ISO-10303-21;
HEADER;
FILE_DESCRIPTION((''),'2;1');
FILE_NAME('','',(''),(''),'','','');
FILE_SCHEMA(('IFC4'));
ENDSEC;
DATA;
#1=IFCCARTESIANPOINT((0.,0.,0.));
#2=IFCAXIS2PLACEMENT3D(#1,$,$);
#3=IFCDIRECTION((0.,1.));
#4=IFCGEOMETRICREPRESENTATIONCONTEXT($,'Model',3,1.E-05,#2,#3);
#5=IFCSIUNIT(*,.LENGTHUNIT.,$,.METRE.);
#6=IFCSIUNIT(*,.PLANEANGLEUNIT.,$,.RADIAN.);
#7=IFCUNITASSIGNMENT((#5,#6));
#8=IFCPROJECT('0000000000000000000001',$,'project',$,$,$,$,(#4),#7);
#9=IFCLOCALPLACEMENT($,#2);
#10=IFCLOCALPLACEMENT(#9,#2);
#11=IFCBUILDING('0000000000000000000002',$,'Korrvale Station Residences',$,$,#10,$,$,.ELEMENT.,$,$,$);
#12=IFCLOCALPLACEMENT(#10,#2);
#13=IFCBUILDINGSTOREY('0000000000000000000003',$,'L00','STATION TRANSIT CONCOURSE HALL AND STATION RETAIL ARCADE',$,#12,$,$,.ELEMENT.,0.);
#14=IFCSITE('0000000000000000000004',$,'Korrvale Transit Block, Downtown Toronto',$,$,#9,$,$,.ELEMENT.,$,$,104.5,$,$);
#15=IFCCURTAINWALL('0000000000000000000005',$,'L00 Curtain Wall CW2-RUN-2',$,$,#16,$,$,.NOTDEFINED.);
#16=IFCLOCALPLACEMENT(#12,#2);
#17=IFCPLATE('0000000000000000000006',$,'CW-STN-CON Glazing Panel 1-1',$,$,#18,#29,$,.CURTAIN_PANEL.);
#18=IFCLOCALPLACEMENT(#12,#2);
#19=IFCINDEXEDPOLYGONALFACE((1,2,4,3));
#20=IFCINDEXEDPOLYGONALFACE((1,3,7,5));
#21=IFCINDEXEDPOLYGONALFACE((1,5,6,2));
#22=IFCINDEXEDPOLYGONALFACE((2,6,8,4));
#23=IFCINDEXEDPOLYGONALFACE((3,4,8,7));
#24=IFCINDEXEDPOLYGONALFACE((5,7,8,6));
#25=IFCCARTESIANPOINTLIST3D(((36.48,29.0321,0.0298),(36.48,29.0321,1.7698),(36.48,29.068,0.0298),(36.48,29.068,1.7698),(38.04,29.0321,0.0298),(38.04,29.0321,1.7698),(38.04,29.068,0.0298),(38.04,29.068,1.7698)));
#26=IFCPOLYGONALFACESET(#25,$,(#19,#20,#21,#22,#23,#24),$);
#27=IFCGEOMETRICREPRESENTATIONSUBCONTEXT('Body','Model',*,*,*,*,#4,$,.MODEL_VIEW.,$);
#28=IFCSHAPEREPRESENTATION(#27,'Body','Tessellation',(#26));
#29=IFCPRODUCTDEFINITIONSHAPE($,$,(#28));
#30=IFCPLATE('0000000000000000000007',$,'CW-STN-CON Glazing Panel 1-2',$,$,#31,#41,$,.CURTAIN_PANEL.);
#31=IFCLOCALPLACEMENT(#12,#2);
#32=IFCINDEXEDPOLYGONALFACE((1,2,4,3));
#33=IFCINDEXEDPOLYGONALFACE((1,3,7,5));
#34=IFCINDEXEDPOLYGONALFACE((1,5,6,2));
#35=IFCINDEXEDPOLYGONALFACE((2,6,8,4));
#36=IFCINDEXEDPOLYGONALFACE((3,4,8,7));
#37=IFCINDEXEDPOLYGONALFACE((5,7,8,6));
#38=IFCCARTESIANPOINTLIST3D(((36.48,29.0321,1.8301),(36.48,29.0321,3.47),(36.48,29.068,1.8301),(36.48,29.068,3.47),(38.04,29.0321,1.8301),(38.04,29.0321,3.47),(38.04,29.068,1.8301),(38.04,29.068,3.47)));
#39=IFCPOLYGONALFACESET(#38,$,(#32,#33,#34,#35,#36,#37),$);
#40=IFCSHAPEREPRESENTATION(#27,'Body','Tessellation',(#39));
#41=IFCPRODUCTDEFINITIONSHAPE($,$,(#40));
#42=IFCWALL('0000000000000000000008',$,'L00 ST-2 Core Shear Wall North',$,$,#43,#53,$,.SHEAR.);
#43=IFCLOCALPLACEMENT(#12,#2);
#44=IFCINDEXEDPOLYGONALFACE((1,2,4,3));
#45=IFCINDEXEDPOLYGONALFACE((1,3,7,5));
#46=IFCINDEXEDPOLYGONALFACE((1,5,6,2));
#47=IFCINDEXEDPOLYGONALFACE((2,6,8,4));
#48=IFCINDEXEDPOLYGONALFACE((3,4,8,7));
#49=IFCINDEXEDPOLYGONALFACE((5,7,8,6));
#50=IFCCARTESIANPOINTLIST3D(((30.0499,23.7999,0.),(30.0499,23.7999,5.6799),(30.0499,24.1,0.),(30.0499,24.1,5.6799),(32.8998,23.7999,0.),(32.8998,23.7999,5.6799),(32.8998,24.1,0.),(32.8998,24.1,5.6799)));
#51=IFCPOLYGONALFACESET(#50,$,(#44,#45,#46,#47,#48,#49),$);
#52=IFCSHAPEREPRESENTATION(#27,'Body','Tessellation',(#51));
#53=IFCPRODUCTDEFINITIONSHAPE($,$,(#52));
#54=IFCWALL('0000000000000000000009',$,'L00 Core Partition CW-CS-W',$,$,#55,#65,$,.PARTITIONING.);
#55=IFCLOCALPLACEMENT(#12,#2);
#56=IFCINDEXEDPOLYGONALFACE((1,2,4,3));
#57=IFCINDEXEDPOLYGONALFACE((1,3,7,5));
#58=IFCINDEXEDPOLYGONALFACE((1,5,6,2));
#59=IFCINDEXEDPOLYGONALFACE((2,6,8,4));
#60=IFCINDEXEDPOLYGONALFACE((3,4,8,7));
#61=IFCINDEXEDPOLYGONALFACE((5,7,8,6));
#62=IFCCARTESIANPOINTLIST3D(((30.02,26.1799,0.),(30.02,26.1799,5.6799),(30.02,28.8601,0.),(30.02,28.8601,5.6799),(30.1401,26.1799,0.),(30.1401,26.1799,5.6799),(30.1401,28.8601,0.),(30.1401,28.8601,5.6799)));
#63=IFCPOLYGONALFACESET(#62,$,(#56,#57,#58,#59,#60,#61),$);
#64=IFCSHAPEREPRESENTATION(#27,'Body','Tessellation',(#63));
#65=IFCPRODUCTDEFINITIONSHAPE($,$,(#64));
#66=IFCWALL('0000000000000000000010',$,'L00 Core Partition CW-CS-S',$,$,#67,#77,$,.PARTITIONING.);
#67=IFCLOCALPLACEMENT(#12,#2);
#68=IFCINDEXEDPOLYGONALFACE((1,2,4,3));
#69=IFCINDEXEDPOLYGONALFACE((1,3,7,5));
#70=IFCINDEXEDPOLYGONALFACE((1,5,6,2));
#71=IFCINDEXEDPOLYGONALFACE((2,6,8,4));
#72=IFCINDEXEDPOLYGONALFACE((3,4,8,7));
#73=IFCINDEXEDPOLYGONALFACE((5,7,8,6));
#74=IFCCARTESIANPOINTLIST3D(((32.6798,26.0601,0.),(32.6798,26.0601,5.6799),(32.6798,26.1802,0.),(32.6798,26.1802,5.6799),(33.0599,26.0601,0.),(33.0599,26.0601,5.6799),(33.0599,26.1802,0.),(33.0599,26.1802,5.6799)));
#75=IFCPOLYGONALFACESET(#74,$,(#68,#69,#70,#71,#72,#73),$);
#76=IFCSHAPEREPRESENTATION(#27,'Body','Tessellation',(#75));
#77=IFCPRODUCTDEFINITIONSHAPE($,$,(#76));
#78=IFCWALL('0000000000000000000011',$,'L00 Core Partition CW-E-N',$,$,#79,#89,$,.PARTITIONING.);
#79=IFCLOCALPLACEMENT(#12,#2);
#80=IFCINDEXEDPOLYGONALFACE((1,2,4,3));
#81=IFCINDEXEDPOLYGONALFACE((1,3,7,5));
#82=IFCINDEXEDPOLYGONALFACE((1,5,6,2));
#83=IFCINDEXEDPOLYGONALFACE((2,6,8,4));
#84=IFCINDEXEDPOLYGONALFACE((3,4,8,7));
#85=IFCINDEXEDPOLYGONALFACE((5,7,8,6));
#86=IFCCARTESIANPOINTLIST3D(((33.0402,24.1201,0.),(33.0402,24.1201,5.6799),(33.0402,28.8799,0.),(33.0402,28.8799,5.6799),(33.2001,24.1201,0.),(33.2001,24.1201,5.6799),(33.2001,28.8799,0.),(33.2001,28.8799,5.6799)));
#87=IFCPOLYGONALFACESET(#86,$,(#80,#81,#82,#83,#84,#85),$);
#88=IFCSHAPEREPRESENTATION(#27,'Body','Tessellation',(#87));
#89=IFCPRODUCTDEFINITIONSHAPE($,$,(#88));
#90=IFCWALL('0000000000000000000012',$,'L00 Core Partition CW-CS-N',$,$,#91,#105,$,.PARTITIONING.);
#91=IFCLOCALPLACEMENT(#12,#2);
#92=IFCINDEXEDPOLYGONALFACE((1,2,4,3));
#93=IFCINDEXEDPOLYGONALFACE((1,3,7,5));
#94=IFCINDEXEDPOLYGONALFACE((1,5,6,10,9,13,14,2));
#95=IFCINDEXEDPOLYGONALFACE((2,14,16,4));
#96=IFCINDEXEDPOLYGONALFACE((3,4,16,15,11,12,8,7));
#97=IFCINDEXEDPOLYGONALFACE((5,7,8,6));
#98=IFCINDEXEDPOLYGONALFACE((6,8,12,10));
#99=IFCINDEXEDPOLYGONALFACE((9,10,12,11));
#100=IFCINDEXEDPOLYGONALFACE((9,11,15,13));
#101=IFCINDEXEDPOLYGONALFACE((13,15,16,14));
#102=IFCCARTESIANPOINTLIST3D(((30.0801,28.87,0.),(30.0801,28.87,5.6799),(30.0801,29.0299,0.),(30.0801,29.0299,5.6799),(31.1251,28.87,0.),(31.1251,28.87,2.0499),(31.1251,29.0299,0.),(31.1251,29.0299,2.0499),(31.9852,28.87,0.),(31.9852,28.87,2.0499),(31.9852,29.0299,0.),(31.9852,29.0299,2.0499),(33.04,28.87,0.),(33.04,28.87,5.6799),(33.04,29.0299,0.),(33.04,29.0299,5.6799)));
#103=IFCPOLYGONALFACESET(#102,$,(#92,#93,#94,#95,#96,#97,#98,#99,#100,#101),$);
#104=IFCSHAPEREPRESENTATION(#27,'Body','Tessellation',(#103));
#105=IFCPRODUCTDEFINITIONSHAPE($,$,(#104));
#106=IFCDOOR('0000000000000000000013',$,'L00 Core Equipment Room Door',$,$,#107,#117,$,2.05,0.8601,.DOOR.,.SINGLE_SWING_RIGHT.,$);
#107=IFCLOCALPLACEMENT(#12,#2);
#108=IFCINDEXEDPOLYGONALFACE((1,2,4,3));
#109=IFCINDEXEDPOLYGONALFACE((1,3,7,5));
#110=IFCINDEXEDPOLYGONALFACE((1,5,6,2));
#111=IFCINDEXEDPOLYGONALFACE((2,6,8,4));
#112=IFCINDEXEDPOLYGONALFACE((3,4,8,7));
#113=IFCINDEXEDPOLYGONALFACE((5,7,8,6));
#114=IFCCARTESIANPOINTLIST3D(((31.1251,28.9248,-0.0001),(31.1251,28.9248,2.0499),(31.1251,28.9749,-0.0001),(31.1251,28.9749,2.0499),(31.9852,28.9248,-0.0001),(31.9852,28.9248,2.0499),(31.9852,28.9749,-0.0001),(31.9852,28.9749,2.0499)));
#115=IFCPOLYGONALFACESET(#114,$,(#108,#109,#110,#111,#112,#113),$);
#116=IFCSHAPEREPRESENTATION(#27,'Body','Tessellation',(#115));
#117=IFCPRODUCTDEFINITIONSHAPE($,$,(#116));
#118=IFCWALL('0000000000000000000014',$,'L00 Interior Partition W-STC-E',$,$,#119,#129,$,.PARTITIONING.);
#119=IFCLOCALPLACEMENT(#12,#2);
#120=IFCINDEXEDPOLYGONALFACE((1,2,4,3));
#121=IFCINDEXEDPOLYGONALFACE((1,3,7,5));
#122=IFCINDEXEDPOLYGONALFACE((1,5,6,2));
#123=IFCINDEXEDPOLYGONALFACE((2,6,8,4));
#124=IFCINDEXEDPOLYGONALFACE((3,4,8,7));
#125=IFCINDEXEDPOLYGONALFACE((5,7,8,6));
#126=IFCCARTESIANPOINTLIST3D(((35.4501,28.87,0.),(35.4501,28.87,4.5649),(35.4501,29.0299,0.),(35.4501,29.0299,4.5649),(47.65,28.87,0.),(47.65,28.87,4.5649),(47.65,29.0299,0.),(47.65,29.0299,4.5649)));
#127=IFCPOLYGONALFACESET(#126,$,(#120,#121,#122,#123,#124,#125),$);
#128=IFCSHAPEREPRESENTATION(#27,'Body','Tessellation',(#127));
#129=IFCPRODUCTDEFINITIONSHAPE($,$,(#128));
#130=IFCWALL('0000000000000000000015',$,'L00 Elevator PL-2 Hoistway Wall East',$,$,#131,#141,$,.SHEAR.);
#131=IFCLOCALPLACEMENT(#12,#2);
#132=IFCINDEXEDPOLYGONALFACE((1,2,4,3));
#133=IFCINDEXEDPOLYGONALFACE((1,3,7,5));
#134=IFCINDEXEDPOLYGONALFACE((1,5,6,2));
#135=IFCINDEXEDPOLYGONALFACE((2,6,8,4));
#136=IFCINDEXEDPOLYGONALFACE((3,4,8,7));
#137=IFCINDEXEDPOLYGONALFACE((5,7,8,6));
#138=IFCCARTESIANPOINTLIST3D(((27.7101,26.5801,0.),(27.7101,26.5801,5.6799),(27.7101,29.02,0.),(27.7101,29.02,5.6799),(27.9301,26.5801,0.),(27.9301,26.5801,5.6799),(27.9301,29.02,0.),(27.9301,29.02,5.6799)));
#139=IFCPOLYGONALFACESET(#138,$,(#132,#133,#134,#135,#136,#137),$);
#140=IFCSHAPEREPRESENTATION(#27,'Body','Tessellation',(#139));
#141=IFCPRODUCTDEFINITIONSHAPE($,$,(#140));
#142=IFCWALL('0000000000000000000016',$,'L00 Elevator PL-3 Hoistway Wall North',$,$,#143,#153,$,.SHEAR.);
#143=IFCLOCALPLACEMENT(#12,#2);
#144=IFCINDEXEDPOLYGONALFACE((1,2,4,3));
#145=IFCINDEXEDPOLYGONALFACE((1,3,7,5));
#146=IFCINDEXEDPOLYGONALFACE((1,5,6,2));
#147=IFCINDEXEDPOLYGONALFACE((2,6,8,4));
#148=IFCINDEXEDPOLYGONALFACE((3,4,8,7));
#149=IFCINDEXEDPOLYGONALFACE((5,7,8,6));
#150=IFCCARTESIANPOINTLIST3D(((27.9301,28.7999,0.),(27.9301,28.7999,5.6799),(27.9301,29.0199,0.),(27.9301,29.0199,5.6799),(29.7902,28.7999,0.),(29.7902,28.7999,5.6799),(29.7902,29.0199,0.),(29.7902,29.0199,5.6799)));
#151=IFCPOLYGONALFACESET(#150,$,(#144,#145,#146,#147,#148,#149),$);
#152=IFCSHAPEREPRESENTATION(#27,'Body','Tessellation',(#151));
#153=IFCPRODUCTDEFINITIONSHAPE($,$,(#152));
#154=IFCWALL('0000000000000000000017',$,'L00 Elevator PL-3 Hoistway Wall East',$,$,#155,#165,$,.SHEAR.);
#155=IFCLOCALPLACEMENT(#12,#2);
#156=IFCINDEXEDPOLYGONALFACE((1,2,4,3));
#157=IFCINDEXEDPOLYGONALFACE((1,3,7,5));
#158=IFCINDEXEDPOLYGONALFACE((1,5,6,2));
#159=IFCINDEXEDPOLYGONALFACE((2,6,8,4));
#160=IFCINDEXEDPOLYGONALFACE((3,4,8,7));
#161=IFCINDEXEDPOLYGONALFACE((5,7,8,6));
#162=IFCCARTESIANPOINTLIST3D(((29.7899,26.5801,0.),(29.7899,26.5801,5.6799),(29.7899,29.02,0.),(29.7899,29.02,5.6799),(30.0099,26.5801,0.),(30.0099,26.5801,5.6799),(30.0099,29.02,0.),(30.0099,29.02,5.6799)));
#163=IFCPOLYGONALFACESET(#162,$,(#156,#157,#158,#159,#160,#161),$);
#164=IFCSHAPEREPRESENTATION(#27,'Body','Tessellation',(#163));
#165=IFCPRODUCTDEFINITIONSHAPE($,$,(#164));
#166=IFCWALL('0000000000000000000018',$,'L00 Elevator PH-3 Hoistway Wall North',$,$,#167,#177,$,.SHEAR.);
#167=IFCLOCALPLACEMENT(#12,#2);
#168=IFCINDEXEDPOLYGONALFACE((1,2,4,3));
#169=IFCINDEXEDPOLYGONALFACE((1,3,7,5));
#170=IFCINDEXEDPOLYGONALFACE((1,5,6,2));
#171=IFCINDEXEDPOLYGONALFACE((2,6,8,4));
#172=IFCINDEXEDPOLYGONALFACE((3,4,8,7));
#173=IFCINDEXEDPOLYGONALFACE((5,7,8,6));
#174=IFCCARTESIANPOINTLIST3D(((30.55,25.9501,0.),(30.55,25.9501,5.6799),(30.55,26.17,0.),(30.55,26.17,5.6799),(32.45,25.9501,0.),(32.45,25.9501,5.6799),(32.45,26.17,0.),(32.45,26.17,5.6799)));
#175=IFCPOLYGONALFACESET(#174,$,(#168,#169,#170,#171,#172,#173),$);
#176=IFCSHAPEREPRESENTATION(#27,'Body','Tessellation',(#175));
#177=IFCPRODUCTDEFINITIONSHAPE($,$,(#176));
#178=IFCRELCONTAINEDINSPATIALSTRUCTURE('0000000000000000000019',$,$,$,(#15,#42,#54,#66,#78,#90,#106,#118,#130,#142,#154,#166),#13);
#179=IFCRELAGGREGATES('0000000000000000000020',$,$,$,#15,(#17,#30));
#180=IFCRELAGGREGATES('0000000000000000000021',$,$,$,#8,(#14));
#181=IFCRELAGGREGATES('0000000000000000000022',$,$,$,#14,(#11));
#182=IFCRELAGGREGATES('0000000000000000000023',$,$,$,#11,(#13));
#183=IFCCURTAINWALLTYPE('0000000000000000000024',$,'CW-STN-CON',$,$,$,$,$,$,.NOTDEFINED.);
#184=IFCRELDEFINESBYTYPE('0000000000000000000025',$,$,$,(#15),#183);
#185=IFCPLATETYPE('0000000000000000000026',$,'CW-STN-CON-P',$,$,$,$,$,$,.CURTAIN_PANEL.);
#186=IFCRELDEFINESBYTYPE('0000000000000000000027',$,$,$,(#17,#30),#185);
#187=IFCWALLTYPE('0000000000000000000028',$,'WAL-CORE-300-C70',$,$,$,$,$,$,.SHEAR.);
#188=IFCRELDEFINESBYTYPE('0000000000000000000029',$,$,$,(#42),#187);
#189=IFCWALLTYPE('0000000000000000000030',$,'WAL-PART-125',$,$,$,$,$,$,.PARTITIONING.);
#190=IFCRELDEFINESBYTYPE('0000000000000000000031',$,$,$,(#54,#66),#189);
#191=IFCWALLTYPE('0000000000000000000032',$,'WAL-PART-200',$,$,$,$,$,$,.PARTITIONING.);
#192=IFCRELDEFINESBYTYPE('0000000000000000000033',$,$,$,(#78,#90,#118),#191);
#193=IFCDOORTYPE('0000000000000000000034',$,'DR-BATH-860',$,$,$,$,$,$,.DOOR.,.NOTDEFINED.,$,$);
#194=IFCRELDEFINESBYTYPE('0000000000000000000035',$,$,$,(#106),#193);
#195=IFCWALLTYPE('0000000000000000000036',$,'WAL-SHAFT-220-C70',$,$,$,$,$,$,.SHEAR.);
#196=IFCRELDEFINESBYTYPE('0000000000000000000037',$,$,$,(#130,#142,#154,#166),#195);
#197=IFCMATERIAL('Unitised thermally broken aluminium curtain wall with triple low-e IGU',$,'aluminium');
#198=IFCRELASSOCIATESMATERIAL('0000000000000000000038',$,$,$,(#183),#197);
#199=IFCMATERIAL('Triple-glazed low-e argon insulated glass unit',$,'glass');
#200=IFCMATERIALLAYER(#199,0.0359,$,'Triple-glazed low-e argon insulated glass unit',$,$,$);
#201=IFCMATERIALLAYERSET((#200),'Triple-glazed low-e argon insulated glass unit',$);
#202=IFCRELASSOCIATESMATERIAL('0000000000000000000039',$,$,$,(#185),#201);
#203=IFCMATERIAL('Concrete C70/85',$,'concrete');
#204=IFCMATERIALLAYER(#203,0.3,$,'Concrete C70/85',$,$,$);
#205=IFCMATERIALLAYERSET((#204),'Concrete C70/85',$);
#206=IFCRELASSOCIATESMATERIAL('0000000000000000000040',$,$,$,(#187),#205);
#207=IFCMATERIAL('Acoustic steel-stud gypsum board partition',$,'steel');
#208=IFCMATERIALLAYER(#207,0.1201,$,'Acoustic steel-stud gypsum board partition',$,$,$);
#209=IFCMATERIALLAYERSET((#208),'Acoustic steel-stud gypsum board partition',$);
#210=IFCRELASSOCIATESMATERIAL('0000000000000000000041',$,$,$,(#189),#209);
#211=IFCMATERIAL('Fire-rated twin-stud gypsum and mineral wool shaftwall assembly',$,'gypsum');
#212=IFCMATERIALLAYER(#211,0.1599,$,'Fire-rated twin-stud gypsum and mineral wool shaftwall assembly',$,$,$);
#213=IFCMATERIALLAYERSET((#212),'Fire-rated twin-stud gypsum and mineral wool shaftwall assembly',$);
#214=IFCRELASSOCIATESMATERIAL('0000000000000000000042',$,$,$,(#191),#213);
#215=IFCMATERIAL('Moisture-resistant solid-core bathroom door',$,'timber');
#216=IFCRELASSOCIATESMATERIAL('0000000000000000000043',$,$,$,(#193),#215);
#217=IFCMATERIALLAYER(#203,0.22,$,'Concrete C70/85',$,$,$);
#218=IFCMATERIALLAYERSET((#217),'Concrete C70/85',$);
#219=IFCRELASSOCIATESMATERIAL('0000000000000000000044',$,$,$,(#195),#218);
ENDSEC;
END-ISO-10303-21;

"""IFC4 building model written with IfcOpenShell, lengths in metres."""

from ifc_helpers import new_model, si_unit, direction, frame, frame_2d, origin, origin_2d, place, context, subcontext, project, spatial, rectangle, extrude, material, layer, layer_set, type_object, element, fill, aggregate, save


model = new_model("IFC4")

# Units and contexts
model_context = context("Model", 3, precision=1e-05, world=origin(), true_north=direction((0.0, 1.0)))
body_context = subcontext(model_context, "Body", "Model", "MODEL_VIEW")
ifc_project = project(units=[si_unit("LENGTHUNIT", "METRE"), si_unit("PLANEANGLEUNIT", "RADIAN")], contexts=[model_context])

# Site, building, storey
site_placement = place(None, origin())
site = spatial("IfcSite", under=ifc_project, at=site_placement, Name="Korrvale Transit Block, Downtown Toronto", CompositionType="ELEMENT", RefElevation=104.5)
building_placement = place(site_placement, origin())
building = spatial("IfcBuilding", under=site, at=building_placement, Name="Korrvale Station Residences", CompositionType="ELEMENT")
storey_placement = place(building_placement, origin())
storey = spatial("IfcBuildingStorey", under=building, at=storey_placement, Name="L00", Description="STATION TRANSIT CONCOURSE HALL AND STATION RETAIL ARCADE", CompositionType="ELEMENT", Elevation=0.0)

# Shared definitions
ifc_material_1 = material(Name="Concrete C70/85", Category="concrete")

# Curtain wall, plates
ifc_material_2 = material(Name="Unitised thermally broken aluminium curtain wall with triple low-e IGU", Category="aluminium")
curtain_wall_type = type_object("IfcCurtainWallType", Name="CW-STN-CON", PredefinedType="NOTDEFINED", material=ifc_material_2)
curtain_wall_placement = place(storey_placement, origin())
curtain_wall = element("IfcCurtainWall", 1, at=curtain_wall_placement, inside=storey, type_object=curtain_wall_type, Name="L00 Curtain Wall CW2-RUN-2", PredefinedType="NOTDEFINED")
ifc_material_3 = material(Name="Triple-glazed low-e argon insulated glass unit", Category="glass")
ifc_layer_1 = layer(ifc_material_3, 0.0359, Name="Triple-glazed low-e argon insulated glass unit")
ifc_layer_set_1 = layer_set([ifc_layer_1], Name="Triple-glazed low-e argon insulated glass unit")
plate_type = type_object("IfcPlateType", Name="CW-STN-CON-P", PredefinedType="CURTAIN_PANEL", material=ifc_layer_set_1)
plate_1_placement = place(storey_placement, frame((37.26, 29.05, 0.0298), z_axis=(0.0, 0.0, 1.0), x_axis=(1.0, 0.0, 0.0)))
plate_1 = element("IfcPlate", 2, at=plate_1_placement, type_object=plate_type, Name="CW-STN-CON Glazing Panel 1-1", PredefinedType="CURTAIN_PANEL", context=body_context, shape_type="SweptSolid", body=[
    extrude(rectangle(XDim=1.5601, YDim=0.0359, at=origin_2d()), origin(), (0.0, 0.0, 1.0), 1.74),
])
plate_2_placement = place(storey_placement, frame((37.26, 29.05, 1.8301), z_axis=(0.0, 0.0, 1.0), x_axis=(1.0, 0.0, 0.0)))
plate_2 = element("IfcPlate", 3, at=plate_2_placement, type_object=plate_type, Name="CW-STN-CON Glazing Panel 1-2", PredefinedType="CURTAIN_PANEL", context=body_context, shape_type="SweptSolid", body=[
    extrude(rectangle(XDim=1.5601, YDim=0.0359, at=origin_2d()), origin(), (0.0, 0.0, 1.0), 1.6399),
])
aggregate(curtain_wall, [plate_1, plate_2])

# Walls
ifc_layer_2 = layer(ifc_material_1, 0.3, Name="Concrete C70/85")
ifc_layer_set_2 = layer_set([ifc_layer_2], Name="Concrete C70/85")
wall_type_1 = type_object("IfcWallType", Name="WAL-CORE-300-C70", PredefinedType="SHEAR", material=ifc_layer_set_2)
wall_1_placement = place(storey_placement, frame((30.05, 23.95, 0.0), z_axis=(0.0, 0.0, 1.0), x_axis=(1.0, 0.0, 0.0)))
element("IfcWall", 4, at=wall_1_placement, inside=storey, type_object=wall_type_1, Name="L00 ST-2 Core Shear Wall North", PredefinedType="SHEAR", context=body_context, shape_type="SweptSolid", body=[
    extrude(rectangle(XDim=2.8499, YDim=0.3, at=frame_2d((1.4248, 0.0))), origin(), (0.0, 0.0, 1.0), 5.6799),
])
ifc_material_4 = material(Name="Acoustic steel-stud gypsum board partition", Category="steel")
ifc_layer_3 = layer(ifc_material_4, 0.1201, Name="Acoustic steel-stud gypsum board partition")
ifc_layer_set_3 = layer_set([ifc_layer_3], Name="Acoustic steel-stud gypsum board partition")
wall_type_2 = type_object("IfcWallType", Name="WAL-PART-125", PredefinedType="PARTITIONING", material=ifc_layer_set_3)
wall_2_placement = place(storey_placement, frame((30.0801, 26.1799, 0.0), z_axis=(0.0, 0.0, 1.0), x_axis=(0.0, 1.0, 0.0)))
element("IfcWall", 5, at=wall_2_placement, inside=storey, type_object=wall_type_2, Name="L00 Core Partition CW-CS-W", PredefinedType="PARTITIONING", context=body_context, shape_type="SweptSolid", body=[
    extrude(rectangle(XDim=2.6802, YDim=0.1201, at=frame_2d((1.3401, 0.0))), origin(), (0.0, 0.0, 1.0), 5.6799),
])
wall_3_placement = place(storey_placement, frame((32.6799, 26.1201, 0.0), z_axis=(0.0, 0.0, 1.0), x_axis=(1.0, 0.0, 0.0)))
element("IfcWall", 6, at=wall_3_placement, inside=storey, type_object=wall_type_2, Name="L00 Core Partition CW-CS-S", PredefinedType="PARTITIONING", context=body_context, shape_type="SweptSolid", body=[
    extrude(rectangle(XDim=0.3801, YDim=0.1201, at=frame_2d((0.1899, 0.0))), origin(), (0.0, 0.0, 1.0), 5.6799),
])
ifc_material_5 = material(Name="Fire-rated twin-stud gypsum and mineral wool shaftwall assembly", Category="gypsum")
ifc_layer_4 = layer(ifc_material_5, 0.1599, Name="Fire-rated twin-stud gypsum and mineral wool shaftwall assembly")
ifc_layer_set_4 = layer_set([ifc_layer_4], Name="Fire-rated twin-stud gypsum and mineral wool shaftwall assembly")
wall_type_3 = type_object("IfcWallType", Name="WAL-PART-200", PredefinedType="PARTITIONING", material=ifc_layer_set_4)
wall_4_placement = place(storey_placement, frame((33.1201, 24.1201, 0.0), z_axis=(0.0, 0.0, 1.0), x_axis=(0.0, 1.0, 0.0)))
element("IfcWall", 7, at=wall_4_placement, inside=storey, type_object=wall_type_3, Name="L00 Core Partition CW-E-N", PredefinedType="PARTITIONING", context=body_context, shape_type="SweptSolid", body=[
    extrude(rectangle(XDim=4.7598, YDim=0.1599, at=frame_2d((2.3799, 0.0))), origin(), (0.0, 0.0, 1.0), 5.6799),
])

# Wall, opening, door
wall_5_placement = place(storey_placement, frame((30.0801, 28.95, 0.0), z_axis=(0.0, 0.0, 1.0), x_axis=(1.0, 0.0, 0.0)))
wall_5 = element("IfcWall", 8, at=wall_5_placement, inside=storey, type_object=wall_type_3, Name="L00 Core Partition CW-CS-N", PredefinedType="PARTITIONING", context=body_context, shape_type="SweptSolid", body=[
    extrude(rectangle(XDim=2.96, YDim=0.1599, at=frame_2d((1.48, 0.0))), origin(), (0.0, 0.0, 1.0), 5.6799),
])
opening_1_placement = place(wall_5_placement, frame((1.0449, 0.0, 0.0)))
opening_1 = element("IfcOpeningElement", 9, at=opening_1_placement, cuts=wall_5, PredefinedType="OPENING", context=body_context, shape_type="SweptSolid", body=[
    extrude(rectangle(XDim=0.8601, YDim=2.05, at=frame_2d((0.4302, 1.0249))), frame((0.0, 0.0898, 0.0), z_axis=(0.0, -1.0, 0.0), x_axis=(1.0, 0.0, 0.0)), (0.0, 0.0, 1.0), 0.1799),
])
ifc_material_6 = material(Name="Moisture-resistant solid-core bathroom door", Category="timber")
door_type_1 = type_object("IfcDoorType", Name="DR-BATH-860", OperationType="NOTDEFINED", PredefinedType="DOOR", material=ifc_material_6)
door_1_placement = place(opening_1_placement, origin())
door_1 = element("IfcDoor", 10, at=door_1_placement, inside=storey, type_object=door_type_1, Name="L00 Core Equipment Room Door", OperationType="SINGLE_SWING_RIGHT", OverallHeight=2.05, OverallWidth=0.8601, PredefinedType="DOOR", context=body_context, shape_type="SweptSolid", body=[
    extrude(rectangle(XDim=0.8601, YDim=2.05, at=frame_2d((0.4302, 1.0249))), frame((0.0, 0.0249, 0.0), z_axis=(0.0, -1.0, 0.0), x_axis=(1.0, 0.0, 0.0)), (0.0, 0.0, 1.0), 0.05),
])
fill(opening_1, door_1)

# Walls
wall_6_placement = place(storey_placement, frame((35.45, 28.95, 0.0), z_axis=(0.0, 0.0, 1.0), x_axis=(1.0, 0.0, 0.0)))
element("IfcWall", 11, at=wall_6_placement, inside=storey, type_object=wall_type_3, Name="L00 Interior Partition W-STC-E", PredefinedType="PARTITIONING", context=body_context, shape_type="SweptSolid", body=[
    extrude(rectangle(XDim=12.2, YDim=0.1599, at=frame_2d((6.1001, 0.0))), origin(), (0.0, 0.0, 1.0), 4.5649),
])
ifc_layer_5 = layer(ifc_material_1, 0.22, Name="Concrete C70/85")
ifc_layer_set_5 = layer_set([ifc_layer_5], Name="Concrete C70/85")
wall_type_4 = type_object("IfcWallType", Name="WAL-SHAFT-220-C70", PredefinedType="SHEAR", material=ifc_layer_set_5)
wall_7_placement = place(storey_placement, frame((27.8201, 26.5801, 0.0), z_axis=(0.0, 0.0, 1.0), x_axis=(0.0, 1.0, 0.0)))
element("IfcWall", 12, at=wall_7_placement, inside=storey, type_object=wall_type_4, Name="L00 Elevator PL-2 Hoistway Wall East", PredefinedType="SHEAR", context=body_context, shape_type="SweptSolid", body=[
    extrude(rectangle(XDim=2.4399, YDim=0.22, at=frame_2d((1.22, 0.0))), origin(), (0.0, 0.0, 1.0), 5.6799),
])

# Walls
wall_8_placement = place(storey_placement, frame((27.9299, 28.9099, 0.0), z_axis=(0.0, 0.0, 1.0), x_axis=(1.0, 0.0, 0.0)))
element("IfcWall", 13, at=wall_8_placement, inside=storey, type_object=wall_type_4, Name="L00 Elevator PL-3 Hoistway Wall North", PredefinedType="SHEAR", context=body_context, shape_type="SweptSolid", body=[
    extrude(rectangle(XDim=1.8601, YDim=0.22, at=frame_2d((0.9302, 0.0))), origin(), (0.0, 0.0, 1.0), 5.6799),
])
wall_9_placement = place(storey_placement, frame((29.8999, 26.5801, 0.0), z_axis=(0.0, 0.0, 1.0), x_axis=(0.0, 1.0, 0.0)))
element("IfcWall", 14, at=wall_9_placement, inside=storey, type_object=wall_type_4, Name="L00 Elevator PL-3 Hoistway Wall East", PredefinedType="SHEAR", context=body_context, shape_type="SweptSolid", body=[
    extrude(rectangle(XDim=2.4399, YDim=0.22, at=frame_2d((1.22, 0.0))), origin(), (0.0, 0.0, 1.0), 5.6799),
])
wall_10_placement = place(storey_placement, frame((30.55, 26.0601, 0.0), z_axis=(0.0, 0.0, 1.0), x_axis=(1.0, 0.0, 0.0)))
element("IfcWall", 15, at=wall_10_placement, inside=storey, type_object=wall_type_4, Name="L00 Elevator PH-3 Hoistway Wall North", PredefinedType="SHEAR", context=body_context, shape_type="SweptSolid", body=[
    extrude(rectangle(XDim=1.8999, YDim=0.22, at=frame_2d((0.95, 0.0))), origin(), (0.0, 0.0, 1.0), 5.6799),
])

save(model, "model.ifc")
